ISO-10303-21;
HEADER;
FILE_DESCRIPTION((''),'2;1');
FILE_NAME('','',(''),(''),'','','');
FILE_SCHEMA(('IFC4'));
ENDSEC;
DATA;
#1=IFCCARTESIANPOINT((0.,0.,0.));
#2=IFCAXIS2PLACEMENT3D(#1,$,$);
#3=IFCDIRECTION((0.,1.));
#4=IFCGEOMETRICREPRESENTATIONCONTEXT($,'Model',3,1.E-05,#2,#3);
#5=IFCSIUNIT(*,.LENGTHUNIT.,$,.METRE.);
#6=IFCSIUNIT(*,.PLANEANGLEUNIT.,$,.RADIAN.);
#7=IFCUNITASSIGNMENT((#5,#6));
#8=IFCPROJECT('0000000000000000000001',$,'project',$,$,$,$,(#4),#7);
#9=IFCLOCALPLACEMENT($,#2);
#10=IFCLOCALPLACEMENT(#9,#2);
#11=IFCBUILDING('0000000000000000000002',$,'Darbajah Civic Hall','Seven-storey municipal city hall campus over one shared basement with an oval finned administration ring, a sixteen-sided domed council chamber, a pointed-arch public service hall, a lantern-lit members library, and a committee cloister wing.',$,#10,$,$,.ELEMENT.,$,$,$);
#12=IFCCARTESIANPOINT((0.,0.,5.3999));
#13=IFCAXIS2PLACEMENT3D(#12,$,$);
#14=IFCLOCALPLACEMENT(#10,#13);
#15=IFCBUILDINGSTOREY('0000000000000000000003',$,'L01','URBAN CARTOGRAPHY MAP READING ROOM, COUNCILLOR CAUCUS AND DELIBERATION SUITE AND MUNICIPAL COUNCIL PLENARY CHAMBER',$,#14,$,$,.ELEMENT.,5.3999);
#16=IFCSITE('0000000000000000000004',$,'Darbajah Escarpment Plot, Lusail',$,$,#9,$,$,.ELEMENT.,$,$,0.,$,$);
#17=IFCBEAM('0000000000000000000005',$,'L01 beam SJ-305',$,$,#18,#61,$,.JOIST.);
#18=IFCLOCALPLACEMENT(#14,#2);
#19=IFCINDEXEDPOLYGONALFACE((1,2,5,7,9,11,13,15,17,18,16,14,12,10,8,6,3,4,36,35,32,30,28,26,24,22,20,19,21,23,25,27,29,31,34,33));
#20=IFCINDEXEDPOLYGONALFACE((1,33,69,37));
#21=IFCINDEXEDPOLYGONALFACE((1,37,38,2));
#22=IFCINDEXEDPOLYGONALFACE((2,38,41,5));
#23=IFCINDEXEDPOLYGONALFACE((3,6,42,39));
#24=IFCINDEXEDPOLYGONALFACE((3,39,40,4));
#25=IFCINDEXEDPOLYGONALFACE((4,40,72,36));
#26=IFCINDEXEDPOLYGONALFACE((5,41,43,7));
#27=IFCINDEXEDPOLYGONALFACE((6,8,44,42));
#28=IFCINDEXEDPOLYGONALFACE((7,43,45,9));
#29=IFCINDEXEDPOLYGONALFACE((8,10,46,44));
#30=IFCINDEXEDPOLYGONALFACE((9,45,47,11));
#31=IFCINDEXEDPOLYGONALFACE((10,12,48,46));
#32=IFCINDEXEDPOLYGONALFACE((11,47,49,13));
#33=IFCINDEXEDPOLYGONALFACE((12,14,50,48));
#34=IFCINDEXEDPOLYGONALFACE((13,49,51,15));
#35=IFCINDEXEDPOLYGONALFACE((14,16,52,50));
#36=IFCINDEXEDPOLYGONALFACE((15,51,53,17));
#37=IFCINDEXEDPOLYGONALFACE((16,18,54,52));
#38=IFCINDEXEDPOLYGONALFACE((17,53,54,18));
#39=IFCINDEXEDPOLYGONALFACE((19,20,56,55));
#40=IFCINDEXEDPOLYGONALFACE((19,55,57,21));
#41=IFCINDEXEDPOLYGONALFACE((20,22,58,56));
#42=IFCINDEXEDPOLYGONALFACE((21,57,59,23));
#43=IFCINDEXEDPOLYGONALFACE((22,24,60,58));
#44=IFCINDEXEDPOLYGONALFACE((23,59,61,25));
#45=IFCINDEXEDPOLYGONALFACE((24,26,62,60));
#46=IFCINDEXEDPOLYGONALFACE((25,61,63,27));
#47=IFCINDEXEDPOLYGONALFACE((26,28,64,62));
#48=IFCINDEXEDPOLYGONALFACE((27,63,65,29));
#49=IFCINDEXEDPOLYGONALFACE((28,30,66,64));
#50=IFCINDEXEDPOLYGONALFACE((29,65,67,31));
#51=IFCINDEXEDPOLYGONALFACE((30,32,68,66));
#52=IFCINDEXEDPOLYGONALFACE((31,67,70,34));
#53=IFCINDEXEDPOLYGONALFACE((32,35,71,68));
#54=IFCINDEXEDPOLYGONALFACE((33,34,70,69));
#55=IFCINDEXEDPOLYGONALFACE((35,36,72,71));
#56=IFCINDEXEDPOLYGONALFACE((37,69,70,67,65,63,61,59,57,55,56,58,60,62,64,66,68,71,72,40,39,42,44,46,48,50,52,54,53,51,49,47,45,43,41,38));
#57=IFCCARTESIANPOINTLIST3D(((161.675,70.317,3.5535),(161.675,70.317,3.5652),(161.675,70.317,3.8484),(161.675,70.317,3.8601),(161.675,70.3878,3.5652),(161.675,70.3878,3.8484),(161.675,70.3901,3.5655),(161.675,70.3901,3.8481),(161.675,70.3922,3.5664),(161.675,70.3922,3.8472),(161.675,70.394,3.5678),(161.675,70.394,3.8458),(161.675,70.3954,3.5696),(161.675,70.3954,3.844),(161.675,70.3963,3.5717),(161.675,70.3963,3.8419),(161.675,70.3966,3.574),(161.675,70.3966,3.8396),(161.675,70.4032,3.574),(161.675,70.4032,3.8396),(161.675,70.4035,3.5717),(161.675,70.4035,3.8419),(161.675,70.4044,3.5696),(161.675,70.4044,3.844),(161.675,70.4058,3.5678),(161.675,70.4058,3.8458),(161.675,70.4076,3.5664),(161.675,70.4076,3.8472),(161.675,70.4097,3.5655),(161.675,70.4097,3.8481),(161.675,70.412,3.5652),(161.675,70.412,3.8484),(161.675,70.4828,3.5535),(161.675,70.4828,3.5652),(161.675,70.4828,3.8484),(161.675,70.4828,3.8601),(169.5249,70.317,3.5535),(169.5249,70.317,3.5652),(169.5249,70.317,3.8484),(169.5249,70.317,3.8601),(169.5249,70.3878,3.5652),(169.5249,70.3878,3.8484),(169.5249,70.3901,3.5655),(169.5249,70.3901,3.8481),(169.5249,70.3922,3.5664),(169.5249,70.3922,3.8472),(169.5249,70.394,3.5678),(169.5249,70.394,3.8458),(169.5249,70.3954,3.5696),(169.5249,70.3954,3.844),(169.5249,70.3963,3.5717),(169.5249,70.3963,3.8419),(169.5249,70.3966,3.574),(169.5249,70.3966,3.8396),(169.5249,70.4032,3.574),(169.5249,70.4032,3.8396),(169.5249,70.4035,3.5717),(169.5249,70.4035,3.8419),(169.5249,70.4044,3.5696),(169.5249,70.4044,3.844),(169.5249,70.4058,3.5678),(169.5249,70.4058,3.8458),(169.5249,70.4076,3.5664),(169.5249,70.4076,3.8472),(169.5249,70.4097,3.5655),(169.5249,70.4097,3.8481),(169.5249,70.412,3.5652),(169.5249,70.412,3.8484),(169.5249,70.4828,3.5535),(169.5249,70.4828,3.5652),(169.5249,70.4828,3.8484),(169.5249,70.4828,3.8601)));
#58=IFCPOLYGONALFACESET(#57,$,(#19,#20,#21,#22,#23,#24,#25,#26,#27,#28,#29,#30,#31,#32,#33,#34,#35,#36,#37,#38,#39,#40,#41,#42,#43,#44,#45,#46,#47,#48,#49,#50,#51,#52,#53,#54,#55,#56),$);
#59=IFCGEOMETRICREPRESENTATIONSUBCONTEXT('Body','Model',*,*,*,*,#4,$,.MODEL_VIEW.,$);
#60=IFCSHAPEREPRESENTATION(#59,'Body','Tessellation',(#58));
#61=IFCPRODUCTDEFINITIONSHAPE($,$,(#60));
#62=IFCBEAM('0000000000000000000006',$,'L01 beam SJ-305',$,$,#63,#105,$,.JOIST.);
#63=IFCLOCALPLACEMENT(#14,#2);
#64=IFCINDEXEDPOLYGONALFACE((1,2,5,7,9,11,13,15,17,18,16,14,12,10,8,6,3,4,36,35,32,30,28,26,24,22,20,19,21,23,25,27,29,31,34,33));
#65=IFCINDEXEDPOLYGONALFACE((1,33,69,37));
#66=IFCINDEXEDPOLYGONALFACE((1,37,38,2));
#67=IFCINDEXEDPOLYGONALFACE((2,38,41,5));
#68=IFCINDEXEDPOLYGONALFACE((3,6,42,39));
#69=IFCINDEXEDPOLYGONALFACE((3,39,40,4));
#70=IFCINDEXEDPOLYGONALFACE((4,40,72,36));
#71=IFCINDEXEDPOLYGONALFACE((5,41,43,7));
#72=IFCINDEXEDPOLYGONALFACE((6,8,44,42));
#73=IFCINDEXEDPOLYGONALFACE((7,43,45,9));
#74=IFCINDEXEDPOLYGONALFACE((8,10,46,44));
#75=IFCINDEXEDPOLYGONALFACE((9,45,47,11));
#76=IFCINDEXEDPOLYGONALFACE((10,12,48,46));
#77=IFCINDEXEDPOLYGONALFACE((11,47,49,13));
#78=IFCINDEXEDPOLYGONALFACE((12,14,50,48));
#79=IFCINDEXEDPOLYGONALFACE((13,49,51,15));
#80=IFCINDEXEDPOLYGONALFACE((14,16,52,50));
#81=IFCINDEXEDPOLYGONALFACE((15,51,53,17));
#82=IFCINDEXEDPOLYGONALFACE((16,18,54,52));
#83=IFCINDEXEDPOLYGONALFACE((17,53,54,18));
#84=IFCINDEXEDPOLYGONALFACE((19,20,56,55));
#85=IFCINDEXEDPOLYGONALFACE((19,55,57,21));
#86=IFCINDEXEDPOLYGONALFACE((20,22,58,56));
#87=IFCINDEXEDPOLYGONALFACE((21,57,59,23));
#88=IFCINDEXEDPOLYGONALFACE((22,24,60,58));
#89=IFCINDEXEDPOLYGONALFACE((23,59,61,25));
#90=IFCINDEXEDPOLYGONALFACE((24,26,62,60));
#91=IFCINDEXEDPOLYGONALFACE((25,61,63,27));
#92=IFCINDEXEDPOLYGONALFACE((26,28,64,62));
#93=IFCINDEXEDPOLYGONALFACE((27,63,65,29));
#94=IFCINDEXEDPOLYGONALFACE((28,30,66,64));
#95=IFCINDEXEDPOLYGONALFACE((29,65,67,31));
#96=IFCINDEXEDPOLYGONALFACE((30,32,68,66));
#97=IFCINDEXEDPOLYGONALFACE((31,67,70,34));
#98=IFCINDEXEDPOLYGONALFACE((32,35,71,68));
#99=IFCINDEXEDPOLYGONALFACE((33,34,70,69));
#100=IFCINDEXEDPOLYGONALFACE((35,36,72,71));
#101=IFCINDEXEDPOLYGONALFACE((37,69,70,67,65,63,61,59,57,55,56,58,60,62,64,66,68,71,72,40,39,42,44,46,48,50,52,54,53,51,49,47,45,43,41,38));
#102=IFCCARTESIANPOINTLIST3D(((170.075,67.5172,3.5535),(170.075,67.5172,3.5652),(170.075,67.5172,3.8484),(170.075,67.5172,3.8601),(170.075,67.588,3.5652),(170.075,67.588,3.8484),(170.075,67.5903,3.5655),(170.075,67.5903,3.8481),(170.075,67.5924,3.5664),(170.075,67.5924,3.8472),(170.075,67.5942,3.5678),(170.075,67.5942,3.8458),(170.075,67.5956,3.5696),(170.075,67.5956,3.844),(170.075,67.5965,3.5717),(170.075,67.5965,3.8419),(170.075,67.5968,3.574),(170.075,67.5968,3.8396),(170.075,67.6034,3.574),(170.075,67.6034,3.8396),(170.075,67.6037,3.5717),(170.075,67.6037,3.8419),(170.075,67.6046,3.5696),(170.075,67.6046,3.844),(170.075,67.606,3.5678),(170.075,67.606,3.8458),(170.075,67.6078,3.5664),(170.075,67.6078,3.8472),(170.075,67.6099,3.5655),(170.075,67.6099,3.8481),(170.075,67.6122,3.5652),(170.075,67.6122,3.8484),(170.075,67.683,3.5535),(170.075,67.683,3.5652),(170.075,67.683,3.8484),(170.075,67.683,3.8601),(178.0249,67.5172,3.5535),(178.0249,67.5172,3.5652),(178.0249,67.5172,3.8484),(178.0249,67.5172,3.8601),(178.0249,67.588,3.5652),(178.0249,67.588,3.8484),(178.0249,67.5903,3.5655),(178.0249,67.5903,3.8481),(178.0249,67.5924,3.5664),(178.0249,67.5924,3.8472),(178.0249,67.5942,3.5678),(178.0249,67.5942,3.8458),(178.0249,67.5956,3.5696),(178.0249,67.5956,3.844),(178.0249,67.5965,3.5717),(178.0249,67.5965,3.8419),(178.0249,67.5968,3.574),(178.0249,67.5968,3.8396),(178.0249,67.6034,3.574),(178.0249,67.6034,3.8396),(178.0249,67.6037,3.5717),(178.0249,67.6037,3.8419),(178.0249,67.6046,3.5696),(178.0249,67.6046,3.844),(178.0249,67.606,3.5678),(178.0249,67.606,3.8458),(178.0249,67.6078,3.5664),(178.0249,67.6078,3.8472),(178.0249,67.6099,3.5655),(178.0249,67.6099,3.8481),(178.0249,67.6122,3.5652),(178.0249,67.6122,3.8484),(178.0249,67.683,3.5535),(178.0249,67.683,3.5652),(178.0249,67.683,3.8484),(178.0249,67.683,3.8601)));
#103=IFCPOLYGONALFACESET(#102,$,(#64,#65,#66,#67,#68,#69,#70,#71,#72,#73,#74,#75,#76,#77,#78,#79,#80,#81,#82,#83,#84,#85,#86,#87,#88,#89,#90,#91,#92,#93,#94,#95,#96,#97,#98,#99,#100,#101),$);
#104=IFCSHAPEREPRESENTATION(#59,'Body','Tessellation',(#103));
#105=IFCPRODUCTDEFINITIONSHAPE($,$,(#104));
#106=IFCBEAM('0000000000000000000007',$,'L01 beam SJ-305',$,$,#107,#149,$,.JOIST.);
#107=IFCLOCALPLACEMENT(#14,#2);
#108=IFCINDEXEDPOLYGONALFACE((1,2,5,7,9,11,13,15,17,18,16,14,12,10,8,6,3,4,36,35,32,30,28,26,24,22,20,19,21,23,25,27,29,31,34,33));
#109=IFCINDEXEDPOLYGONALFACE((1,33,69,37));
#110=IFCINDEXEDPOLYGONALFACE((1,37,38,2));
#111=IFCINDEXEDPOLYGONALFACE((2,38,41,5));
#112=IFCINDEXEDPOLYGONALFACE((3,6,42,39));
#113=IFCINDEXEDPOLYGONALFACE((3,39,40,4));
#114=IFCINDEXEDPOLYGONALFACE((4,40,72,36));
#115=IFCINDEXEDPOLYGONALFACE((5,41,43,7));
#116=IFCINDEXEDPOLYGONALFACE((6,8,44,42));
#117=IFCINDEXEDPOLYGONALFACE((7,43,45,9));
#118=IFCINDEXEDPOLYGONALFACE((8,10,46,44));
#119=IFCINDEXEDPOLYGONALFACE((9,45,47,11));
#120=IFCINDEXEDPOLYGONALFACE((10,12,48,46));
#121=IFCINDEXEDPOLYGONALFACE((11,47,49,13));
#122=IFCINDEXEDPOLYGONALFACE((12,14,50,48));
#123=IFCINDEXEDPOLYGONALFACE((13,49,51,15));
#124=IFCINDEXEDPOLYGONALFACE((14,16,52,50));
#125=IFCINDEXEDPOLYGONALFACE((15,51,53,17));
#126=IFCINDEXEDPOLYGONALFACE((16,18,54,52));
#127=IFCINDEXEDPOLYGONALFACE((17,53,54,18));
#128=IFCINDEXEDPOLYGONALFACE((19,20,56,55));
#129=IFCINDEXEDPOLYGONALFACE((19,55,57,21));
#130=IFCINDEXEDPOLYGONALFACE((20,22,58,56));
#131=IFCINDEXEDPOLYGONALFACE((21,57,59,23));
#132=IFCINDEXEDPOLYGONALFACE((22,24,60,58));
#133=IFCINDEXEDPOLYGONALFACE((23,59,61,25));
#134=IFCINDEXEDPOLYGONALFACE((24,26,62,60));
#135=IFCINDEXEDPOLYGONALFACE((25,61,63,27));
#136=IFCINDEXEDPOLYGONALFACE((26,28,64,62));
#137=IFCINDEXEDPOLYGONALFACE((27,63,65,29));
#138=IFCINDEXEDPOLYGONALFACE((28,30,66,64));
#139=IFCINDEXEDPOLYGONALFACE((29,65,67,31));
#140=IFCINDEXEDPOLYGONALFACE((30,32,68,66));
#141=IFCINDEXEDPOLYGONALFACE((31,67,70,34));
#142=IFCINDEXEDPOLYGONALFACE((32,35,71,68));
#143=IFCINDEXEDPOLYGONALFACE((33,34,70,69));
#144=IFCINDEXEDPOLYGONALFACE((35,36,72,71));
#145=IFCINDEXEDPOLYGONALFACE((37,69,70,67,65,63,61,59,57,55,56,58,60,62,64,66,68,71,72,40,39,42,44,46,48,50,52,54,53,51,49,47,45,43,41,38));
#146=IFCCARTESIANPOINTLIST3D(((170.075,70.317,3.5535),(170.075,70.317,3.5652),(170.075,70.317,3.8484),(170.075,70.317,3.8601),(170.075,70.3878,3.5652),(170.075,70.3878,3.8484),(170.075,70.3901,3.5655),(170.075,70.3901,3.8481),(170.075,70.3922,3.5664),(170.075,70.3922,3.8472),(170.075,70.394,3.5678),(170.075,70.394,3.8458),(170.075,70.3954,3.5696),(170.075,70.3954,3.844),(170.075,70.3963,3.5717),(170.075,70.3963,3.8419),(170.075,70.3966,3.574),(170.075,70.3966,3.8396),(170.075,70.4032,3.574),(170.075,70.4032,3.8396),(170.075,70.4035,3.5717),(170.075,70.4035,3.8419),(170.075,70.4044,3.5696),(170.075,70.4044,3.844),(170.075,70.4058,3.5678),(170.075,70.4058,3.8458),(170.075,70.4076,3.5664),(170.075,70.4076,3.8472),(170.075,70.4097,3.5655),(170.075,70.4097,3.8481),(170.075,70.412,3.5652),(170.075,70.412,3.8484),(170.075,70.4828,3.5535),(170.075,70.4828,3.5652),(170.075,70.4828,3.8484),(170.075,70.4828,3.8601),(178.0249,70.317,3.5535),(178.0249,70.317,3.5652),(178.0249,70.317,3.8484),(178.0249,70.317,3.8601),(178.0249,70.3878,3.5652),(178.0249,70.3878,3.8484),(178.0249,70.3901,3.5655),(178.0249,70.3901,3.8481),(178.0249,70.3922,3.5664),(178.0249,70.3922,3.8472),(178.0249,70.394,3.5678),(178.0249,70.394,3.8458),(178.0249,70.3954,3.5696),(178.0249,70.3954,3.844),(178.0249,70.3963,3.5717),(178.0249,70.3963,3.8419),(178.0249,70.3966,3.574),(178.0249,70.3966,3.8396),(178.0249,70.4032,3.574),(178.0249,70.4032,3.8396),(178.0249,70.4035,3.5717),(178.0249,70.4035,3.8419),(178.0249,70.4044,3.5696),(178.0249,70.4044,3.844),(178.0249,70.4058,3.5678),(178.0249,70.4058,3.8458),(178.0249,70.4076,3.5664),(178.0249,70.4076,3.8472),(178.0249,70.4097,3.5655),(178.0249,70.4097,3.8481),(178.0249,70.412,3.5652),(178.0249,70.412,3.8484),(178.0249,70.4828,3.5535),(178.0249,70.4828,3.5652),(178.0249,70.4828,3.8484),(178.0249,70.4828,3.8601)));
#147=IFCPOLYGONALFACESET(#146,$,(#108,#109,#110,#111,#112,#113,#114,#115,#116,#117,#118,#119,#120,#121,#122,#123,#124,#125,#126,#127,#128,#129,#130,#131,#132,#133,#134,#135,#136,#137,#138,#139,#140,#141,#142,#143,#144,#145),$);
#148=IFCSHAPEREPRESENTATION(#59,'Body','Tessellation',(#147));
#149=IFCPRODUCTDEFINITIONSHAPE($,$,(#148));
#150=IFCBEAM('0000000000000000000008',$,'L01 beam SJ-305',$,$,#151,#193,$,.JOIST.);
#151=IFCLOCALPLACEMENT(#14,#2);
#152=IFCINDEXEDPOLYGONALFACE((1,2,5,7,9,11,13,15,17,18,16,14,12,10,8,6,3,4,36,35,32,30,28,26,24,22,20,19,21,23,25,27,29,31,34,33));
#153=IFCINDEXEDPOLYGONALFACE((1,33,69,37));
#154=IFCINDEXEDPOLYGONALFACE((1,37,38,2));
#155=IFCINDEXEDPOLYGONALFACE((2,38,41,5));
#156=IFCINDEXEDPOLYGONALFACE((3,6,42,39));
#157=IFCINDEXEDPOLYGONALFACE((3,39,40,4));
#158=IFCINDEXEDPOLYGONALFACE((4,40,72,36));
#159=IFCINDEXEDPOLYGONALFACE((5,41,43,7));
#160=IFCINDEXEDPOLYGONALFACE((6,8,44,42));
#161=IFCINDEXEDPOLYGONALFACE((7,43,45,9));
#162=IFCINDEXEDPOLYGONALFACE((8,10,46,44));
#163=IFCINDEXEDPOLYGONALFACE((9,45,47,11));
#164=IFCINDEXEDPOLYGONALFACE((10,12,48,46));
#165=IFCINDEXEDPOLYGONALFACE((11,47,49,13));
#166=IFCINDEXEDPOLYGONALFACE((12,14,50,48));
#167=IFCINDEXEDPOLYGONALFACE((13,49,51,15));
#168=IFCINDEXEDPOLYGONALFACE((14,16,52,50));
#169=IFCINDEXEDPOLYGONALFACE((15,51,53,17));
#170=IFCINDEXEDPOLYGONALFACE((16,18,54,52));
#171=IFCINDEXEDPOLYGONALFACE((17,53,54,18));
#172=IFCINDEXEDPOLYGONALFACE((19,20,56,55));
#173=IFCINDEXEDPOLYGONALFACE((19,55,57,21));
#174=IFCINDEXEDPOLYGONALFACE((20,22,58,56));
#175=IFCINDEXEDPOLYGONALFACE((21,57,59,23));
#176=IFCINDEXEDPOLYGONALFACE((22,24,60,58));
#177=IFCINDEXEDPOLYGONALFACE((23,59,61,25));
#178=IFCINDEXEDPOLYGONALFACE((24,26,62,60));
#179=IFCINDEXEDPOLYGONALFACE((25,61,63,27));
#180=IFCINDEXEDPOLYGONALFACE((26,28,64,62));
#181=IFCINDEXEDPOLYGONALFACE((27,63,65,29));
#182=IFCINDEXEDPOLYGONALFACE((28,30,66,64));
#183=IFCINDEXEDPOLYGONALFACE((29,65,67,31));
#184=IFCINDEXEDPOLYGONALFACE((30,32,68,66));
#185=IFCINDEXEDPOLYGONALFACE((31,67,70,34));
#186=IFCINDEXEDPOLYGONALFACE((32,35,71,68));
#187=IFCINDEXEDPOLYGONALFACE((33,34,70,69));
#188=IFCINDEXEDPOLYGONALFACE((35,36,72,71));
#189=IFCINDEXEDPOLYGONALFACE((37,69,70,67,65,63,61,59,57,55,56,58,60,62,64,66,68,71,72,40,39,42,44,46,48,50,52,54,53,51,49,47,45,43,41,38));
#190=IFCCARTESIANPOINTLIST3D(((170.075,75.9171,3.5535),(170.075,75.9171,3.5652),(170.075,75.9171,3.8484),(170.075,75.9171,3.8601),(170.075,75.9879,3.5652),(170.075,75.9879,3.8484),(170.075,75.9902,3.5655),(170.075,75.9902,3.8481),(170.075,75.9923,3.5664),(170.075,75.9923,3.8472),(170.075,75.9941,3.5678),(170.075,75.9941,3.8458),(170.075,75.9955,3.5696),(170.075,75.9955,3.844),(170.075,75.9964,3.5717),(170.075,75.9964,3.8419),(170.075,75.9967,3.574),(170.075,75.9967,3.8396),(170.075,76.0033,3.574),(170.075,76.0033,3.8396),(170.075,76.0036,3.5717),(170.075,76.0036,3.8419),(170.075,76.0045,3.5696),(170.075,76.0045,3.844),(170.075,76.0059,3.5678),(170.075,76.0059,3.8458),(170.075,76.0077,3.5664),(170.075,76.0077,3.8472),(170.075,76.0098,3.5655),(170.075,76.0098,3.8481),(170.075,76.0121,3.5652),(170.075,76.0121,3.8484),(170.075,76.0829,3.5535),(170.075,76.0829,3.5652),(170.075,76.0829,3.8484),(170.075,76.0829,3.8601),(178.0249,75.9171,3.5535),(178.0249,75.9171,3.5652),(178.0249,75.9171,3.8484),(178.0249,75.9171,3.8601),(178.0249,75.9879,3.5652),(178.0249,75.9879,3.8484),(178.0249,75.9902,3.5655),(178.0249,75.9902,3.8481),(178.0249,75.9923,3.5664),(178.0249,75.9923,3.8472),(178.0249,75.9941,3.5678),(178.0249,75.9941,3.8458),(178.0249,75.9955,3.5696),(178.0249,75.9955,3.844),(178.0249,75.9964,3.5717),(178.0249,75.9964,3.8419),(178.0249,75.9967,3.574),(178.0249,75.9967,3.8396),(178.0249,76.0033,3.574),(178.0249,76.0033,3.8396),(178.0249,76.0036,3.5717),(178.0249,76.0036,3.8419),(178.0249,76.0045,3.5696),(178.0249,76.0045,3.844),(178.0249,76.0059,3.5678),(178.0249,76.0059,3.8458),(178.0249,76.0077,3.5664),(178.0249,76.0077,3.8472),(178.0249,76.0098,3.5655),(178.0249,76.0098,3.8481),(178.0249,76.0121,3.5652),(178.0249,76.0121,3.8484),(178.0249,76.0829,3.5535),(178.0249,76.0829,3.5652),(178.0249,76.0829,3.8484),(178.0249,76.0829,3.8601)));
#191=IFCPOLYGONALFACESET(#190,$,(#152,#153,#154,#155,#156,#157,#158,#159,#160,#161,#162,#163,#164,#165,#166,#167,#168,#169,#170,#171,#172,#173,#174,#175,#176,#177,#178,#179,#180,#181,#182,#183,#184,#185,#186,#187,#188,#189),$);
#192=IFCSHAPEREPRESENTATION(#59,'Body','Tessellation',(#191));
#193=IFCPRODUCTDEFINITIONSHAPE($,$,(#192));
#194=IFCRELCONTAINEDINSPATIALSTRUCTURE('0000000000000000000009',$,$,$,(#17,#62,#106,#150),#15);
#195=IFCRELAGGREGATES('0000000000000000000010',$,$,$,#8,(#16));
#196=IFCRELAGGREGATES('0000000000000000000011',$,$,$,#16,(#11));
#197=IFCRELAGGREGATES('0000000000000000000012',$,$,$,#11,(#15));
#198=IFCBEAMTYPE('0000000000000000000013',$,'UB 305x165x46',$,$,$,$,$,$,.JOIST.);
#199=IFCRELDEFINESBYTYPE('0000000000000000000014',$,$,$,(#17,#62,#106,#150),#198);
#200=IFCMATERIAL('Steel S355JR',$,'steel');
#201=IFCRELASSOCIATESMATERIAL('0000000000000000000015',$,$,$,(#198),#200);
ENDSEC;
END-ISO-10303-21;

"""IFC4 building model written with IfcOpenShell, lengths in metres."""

from ifc_helpers import new_model, si_unit, direction, frame, origin, origin_2d, place, context, subcontext, project, spatial, i_section, extrude, material, material_profile, profile_set, type_object, element, save


model = new_model("IFC4")

# Units and contexts
model_context = context("Model", 3, precision=1e-05, world=origin(), true_north=direction((0.0, 1.0)))
body_context = subcontext(model_context, "Body", "Model", "MODEL_VIEW")
ifc_project = project(units=[si_unit("LENGTHUNIT", "METRE"), si_unit("PLANEANGLEUNIT", "RADIAN")], contexts=[model_context])

# Site, building, storey
site_placement = place(None, origin())
site = spatial("IfcSite", under=ifc_project, at=site_placement, Name="Darbajah Escarpment Plot, Lusail", CompositionType="ELEMENT", RefElevation=0.0)
building_placement = place(site_placement, origin())
building = spatial("IfcBuilding", under=site, at=building_placement, Name="Darbajah Civic Hall", Description="Seven-storey municipal city hall campus over one shared basement with an oval finned administration ring, a sixteen-sided domed council chamber, a pointed-arch public service hall, a lantern-lit members library, and a committee cloister wing.", CompositionType="ELEMENT")
storey_placement = place(building_placement, frame((0.0, 0.0, 5.3999)))
storey = spatial("IfcBuildingStorey", under=building, at=storey_placement, Name="L01", Description="URBAN CARTOGRAPHY MAP READING ROOM, COUNCILLOR CAUCUS AND DELIBERATION SUITE AND MUNICIPAL COUNCIL PLENARY CHAMBER", CompositionType="ELEMENT", Elevation=5.3999)

# Beams
ifc_material_1 = material(Name="Steel S355JR", Category="steel")
ifc_material_profile_1 = material_profile(ifc_material_1, i_section(OverallWidth=0.1658, OverallDepth=0.3066, WebThickness=0.0066, FlangeThickness=0.0117, FilletRadius=0.0088, at=origin_2d()), Name="UB 305x165x46")
ifc_profile_set_1 = profile_set([ifc_material_profile_1], Name="Steel S355JR")
beam_type_1 = type_object("IfcBeamType", Name="UB 305x165x46", PredefinedType="JOIST", material=ifc_profile_set_1)
for number, where, z_axis, x_axis, name in (
    (1, (161.675, 70.3999, 3.7068), (1.0, 0.0, 0.0), (0.0, 1.0, 0.0), "L01 beam SJ-305"),
):
    element("IfcBeam", number, at=place(storey_placement, frame(where, z_axis=z_axis, x_axis=x_axis)), inside=storey, type_object=beam_type_1, Name=name, PredefinedType="JOIST", context=body_context, shape_type="SweptSolid", body=[
        extrude(i_section(OverallWidth=0.1658, OverallDepth=0.3066, WebThickness=0.0066, FlangeThickness=0.0117, FilletRadius=0.0088, at=origin_2d()), origin(), (0.0, 0.0, 1.0), 7.8499),
    ])
for number, where, z_axis, x_axis, name in (
    (2, (170.075, 67.6001, 3.7068), (1.0, 0.0, 0.0), (0.0, 1.0, 0.0), "L01 beam SJ-305"),
    (3, (170.075, 70.3999, 3.7068), (1.0, 0.0, 0.0), (0.0, 1.0, 0.0), "L01 beam SJ-305"),
    (4, (170.075, 76.0, 3.7068), (1.0, 0.0, 0.0), (0.0, 1.0, 0.0), "L01 beam SJ-305"),
):
    element("IfcBeam", number, at=place(storey_placement, frame(where, z_axis=z_axis, x_axis=x_axis)), inside=storey, type_object=beam_type_1, Name=name, PredefinedType="JOIST", context=body_context, shape_type="SweptSolid", body=[
        extrude(i_section(OverallWidth=0.1658, OverallDepth=0.3066, WebThickness=0.0066, FlangeThickness=0.0117, FilletRadius=0.0088, at=origin_2d()), origin(), (0.0, 0.0, 1.0), 7.95),
    ])

save(model, "model.ifc")
